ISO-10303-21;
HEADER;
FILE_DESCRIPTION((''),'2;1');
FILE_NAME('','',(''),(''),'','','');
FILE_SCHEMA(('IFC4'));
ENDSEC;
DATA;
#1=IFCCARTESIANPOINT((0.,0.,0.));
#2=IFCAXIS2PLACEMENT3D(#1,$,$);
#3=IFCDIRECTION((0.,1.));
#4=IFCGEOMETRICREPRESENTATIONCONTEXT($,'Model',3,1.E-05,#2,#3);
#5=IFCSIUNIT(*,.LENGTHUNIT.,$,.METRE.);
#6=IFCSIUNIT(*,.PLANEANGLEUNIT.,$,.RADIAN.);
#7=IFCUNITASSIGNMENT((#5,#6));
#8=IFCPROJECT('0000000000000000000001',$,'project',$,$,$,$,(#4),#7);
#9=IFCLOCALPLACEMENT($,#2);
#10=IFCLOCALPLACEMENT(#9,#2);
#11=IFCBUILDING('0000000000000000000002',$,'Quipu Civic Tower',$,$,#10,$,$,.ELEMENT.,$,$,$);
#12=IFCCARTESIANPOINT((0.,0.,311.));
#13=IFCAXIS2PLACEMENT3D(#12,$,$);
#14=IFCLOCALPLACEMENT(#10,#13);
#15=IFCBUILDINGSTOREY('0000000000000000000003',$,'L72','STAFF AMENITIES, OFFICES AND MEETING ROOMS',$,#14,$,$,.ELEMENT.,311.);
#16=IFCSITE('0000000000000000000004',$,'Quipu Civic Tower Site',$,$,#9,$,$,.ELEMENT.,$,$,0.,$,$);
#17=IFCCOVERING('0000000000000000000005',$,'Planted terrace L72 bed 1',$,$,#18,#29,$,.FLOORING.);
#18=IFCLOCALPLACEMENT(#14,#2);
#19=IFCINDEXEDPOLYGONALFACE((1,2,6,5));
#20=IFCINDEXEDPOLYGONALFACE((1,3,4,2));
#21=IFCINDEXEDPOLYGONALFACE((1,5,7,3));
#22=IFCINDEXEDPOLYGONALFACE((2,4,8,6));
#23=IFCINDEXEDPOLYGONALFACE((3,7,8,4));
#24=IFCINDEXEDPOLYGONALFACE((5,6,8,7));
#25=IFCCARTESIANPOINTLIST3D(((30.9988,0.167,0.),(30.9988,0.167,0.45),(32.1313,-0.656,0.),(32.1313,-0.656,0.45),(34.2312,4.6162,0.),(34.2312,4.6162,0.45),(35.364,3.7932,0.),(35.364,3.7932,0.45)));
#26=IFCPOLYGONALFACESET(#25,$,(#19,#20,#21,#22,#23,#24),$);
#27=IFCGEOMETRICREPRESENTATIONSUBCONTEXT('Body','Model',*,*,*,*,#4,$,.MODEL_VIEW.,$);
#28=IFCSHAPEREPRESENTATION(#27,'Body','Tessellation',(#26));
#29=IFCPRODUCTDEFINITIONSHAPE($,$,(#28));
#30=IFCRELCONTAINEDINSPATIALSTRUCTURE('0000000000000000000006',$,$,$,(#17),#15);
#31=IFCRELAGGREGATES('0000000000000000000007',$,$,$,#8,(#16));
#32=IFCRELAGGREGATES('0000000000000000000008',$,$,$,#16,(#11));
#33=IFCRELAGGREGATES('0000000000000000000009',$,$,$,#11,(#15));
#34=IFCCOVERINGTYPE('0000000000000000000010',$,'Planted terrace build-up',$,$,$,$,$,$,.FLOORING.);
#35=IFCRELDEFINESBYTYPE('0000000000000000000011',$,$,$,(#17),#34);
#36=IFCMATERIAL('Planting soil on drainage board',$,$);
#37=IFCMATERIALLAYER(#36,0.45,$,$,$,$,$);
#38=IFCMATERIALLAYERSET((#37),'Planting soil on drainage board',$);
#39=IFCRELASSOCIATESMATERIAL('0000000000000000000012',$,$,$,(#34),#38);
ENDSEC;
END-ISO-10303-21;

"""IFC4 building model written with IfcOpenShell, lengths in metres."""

from ifc_helpers import new_model, si_unit, direction, frame, origin, place, context, subcontext, project, spatial, polyline, outline, extrude, material, layer, layer_set, type_object, element, save


model = new_model("IFC4")

# Units and contexts
model_context = context("Model", 3, precision=1e-05, world=origin(), true_north=direction((0.0, 1.0)))
body_context = subcontext(model_context, "Body", "Model", "MODEL_VIEW")
ifc_project = project(units=[si_unit("LENGTHUNIT", "METRE"), si_unit("PLANEANGLEUNIT", "RADIAN")], contexts=[model_context])

# Site, building, storey
site_placement = place(None, origin())
site = spatial("IfcSite", under=ifc_project, at=site_placement, Name="Quipu Civic Tower Site", CompositionType="ELEMENT", RefElevation=0.0)
building_placement = place(site_placement, origin())
building = spatial("IfcBuilding", under=site, at=building_placement, Name="Quipu Civic Tower", CompositionType="ELEMENT")
storey_placement = place(building_placement, frame((0.0, 0.0, 311.0)))
storey = spatial("IfcBuildingStorey", under=building, at=storey_placement, Name="L72", Description="STAFF AMENITIES, OFFICES AND MEETING ROOMS", CompositionType="ELEMENT", Elevation=311.0)

# Covering
ifc_material_1 = material(Name="Planting soil on drainage board")
ifc_layer_1 = layer(ifc_material_1, 0.45)
ifc_layer_set_1 = layer_set([ifc_layer_1], Name="Planting soil on drainage board")
covering_type = type_object("IfcCoveringType", Name="Planted terrace build-up", PredefinedType="FLOORING", material=ifc_layer_set_1)
covering_placement = place(storey_placement, origin())
element("IfcCovering", 1, at=covering_placement, inside=storey, type_object=covering_type, Name="Planted terrace L72 bed 1", PredefinedType="FLOORING", context=body_context, shape_type="SweptSolid", body=[
    extrude(outline(polyline([(34.2312, 4.6162), (35.364, 3.7932), (32.1313, -0.656), (30.9988, 0.167), (34.2312, 4.6162)])), origin(), (0.0, 0.0, 1.0), 0.45),
])

save(model, "model.ifc")
